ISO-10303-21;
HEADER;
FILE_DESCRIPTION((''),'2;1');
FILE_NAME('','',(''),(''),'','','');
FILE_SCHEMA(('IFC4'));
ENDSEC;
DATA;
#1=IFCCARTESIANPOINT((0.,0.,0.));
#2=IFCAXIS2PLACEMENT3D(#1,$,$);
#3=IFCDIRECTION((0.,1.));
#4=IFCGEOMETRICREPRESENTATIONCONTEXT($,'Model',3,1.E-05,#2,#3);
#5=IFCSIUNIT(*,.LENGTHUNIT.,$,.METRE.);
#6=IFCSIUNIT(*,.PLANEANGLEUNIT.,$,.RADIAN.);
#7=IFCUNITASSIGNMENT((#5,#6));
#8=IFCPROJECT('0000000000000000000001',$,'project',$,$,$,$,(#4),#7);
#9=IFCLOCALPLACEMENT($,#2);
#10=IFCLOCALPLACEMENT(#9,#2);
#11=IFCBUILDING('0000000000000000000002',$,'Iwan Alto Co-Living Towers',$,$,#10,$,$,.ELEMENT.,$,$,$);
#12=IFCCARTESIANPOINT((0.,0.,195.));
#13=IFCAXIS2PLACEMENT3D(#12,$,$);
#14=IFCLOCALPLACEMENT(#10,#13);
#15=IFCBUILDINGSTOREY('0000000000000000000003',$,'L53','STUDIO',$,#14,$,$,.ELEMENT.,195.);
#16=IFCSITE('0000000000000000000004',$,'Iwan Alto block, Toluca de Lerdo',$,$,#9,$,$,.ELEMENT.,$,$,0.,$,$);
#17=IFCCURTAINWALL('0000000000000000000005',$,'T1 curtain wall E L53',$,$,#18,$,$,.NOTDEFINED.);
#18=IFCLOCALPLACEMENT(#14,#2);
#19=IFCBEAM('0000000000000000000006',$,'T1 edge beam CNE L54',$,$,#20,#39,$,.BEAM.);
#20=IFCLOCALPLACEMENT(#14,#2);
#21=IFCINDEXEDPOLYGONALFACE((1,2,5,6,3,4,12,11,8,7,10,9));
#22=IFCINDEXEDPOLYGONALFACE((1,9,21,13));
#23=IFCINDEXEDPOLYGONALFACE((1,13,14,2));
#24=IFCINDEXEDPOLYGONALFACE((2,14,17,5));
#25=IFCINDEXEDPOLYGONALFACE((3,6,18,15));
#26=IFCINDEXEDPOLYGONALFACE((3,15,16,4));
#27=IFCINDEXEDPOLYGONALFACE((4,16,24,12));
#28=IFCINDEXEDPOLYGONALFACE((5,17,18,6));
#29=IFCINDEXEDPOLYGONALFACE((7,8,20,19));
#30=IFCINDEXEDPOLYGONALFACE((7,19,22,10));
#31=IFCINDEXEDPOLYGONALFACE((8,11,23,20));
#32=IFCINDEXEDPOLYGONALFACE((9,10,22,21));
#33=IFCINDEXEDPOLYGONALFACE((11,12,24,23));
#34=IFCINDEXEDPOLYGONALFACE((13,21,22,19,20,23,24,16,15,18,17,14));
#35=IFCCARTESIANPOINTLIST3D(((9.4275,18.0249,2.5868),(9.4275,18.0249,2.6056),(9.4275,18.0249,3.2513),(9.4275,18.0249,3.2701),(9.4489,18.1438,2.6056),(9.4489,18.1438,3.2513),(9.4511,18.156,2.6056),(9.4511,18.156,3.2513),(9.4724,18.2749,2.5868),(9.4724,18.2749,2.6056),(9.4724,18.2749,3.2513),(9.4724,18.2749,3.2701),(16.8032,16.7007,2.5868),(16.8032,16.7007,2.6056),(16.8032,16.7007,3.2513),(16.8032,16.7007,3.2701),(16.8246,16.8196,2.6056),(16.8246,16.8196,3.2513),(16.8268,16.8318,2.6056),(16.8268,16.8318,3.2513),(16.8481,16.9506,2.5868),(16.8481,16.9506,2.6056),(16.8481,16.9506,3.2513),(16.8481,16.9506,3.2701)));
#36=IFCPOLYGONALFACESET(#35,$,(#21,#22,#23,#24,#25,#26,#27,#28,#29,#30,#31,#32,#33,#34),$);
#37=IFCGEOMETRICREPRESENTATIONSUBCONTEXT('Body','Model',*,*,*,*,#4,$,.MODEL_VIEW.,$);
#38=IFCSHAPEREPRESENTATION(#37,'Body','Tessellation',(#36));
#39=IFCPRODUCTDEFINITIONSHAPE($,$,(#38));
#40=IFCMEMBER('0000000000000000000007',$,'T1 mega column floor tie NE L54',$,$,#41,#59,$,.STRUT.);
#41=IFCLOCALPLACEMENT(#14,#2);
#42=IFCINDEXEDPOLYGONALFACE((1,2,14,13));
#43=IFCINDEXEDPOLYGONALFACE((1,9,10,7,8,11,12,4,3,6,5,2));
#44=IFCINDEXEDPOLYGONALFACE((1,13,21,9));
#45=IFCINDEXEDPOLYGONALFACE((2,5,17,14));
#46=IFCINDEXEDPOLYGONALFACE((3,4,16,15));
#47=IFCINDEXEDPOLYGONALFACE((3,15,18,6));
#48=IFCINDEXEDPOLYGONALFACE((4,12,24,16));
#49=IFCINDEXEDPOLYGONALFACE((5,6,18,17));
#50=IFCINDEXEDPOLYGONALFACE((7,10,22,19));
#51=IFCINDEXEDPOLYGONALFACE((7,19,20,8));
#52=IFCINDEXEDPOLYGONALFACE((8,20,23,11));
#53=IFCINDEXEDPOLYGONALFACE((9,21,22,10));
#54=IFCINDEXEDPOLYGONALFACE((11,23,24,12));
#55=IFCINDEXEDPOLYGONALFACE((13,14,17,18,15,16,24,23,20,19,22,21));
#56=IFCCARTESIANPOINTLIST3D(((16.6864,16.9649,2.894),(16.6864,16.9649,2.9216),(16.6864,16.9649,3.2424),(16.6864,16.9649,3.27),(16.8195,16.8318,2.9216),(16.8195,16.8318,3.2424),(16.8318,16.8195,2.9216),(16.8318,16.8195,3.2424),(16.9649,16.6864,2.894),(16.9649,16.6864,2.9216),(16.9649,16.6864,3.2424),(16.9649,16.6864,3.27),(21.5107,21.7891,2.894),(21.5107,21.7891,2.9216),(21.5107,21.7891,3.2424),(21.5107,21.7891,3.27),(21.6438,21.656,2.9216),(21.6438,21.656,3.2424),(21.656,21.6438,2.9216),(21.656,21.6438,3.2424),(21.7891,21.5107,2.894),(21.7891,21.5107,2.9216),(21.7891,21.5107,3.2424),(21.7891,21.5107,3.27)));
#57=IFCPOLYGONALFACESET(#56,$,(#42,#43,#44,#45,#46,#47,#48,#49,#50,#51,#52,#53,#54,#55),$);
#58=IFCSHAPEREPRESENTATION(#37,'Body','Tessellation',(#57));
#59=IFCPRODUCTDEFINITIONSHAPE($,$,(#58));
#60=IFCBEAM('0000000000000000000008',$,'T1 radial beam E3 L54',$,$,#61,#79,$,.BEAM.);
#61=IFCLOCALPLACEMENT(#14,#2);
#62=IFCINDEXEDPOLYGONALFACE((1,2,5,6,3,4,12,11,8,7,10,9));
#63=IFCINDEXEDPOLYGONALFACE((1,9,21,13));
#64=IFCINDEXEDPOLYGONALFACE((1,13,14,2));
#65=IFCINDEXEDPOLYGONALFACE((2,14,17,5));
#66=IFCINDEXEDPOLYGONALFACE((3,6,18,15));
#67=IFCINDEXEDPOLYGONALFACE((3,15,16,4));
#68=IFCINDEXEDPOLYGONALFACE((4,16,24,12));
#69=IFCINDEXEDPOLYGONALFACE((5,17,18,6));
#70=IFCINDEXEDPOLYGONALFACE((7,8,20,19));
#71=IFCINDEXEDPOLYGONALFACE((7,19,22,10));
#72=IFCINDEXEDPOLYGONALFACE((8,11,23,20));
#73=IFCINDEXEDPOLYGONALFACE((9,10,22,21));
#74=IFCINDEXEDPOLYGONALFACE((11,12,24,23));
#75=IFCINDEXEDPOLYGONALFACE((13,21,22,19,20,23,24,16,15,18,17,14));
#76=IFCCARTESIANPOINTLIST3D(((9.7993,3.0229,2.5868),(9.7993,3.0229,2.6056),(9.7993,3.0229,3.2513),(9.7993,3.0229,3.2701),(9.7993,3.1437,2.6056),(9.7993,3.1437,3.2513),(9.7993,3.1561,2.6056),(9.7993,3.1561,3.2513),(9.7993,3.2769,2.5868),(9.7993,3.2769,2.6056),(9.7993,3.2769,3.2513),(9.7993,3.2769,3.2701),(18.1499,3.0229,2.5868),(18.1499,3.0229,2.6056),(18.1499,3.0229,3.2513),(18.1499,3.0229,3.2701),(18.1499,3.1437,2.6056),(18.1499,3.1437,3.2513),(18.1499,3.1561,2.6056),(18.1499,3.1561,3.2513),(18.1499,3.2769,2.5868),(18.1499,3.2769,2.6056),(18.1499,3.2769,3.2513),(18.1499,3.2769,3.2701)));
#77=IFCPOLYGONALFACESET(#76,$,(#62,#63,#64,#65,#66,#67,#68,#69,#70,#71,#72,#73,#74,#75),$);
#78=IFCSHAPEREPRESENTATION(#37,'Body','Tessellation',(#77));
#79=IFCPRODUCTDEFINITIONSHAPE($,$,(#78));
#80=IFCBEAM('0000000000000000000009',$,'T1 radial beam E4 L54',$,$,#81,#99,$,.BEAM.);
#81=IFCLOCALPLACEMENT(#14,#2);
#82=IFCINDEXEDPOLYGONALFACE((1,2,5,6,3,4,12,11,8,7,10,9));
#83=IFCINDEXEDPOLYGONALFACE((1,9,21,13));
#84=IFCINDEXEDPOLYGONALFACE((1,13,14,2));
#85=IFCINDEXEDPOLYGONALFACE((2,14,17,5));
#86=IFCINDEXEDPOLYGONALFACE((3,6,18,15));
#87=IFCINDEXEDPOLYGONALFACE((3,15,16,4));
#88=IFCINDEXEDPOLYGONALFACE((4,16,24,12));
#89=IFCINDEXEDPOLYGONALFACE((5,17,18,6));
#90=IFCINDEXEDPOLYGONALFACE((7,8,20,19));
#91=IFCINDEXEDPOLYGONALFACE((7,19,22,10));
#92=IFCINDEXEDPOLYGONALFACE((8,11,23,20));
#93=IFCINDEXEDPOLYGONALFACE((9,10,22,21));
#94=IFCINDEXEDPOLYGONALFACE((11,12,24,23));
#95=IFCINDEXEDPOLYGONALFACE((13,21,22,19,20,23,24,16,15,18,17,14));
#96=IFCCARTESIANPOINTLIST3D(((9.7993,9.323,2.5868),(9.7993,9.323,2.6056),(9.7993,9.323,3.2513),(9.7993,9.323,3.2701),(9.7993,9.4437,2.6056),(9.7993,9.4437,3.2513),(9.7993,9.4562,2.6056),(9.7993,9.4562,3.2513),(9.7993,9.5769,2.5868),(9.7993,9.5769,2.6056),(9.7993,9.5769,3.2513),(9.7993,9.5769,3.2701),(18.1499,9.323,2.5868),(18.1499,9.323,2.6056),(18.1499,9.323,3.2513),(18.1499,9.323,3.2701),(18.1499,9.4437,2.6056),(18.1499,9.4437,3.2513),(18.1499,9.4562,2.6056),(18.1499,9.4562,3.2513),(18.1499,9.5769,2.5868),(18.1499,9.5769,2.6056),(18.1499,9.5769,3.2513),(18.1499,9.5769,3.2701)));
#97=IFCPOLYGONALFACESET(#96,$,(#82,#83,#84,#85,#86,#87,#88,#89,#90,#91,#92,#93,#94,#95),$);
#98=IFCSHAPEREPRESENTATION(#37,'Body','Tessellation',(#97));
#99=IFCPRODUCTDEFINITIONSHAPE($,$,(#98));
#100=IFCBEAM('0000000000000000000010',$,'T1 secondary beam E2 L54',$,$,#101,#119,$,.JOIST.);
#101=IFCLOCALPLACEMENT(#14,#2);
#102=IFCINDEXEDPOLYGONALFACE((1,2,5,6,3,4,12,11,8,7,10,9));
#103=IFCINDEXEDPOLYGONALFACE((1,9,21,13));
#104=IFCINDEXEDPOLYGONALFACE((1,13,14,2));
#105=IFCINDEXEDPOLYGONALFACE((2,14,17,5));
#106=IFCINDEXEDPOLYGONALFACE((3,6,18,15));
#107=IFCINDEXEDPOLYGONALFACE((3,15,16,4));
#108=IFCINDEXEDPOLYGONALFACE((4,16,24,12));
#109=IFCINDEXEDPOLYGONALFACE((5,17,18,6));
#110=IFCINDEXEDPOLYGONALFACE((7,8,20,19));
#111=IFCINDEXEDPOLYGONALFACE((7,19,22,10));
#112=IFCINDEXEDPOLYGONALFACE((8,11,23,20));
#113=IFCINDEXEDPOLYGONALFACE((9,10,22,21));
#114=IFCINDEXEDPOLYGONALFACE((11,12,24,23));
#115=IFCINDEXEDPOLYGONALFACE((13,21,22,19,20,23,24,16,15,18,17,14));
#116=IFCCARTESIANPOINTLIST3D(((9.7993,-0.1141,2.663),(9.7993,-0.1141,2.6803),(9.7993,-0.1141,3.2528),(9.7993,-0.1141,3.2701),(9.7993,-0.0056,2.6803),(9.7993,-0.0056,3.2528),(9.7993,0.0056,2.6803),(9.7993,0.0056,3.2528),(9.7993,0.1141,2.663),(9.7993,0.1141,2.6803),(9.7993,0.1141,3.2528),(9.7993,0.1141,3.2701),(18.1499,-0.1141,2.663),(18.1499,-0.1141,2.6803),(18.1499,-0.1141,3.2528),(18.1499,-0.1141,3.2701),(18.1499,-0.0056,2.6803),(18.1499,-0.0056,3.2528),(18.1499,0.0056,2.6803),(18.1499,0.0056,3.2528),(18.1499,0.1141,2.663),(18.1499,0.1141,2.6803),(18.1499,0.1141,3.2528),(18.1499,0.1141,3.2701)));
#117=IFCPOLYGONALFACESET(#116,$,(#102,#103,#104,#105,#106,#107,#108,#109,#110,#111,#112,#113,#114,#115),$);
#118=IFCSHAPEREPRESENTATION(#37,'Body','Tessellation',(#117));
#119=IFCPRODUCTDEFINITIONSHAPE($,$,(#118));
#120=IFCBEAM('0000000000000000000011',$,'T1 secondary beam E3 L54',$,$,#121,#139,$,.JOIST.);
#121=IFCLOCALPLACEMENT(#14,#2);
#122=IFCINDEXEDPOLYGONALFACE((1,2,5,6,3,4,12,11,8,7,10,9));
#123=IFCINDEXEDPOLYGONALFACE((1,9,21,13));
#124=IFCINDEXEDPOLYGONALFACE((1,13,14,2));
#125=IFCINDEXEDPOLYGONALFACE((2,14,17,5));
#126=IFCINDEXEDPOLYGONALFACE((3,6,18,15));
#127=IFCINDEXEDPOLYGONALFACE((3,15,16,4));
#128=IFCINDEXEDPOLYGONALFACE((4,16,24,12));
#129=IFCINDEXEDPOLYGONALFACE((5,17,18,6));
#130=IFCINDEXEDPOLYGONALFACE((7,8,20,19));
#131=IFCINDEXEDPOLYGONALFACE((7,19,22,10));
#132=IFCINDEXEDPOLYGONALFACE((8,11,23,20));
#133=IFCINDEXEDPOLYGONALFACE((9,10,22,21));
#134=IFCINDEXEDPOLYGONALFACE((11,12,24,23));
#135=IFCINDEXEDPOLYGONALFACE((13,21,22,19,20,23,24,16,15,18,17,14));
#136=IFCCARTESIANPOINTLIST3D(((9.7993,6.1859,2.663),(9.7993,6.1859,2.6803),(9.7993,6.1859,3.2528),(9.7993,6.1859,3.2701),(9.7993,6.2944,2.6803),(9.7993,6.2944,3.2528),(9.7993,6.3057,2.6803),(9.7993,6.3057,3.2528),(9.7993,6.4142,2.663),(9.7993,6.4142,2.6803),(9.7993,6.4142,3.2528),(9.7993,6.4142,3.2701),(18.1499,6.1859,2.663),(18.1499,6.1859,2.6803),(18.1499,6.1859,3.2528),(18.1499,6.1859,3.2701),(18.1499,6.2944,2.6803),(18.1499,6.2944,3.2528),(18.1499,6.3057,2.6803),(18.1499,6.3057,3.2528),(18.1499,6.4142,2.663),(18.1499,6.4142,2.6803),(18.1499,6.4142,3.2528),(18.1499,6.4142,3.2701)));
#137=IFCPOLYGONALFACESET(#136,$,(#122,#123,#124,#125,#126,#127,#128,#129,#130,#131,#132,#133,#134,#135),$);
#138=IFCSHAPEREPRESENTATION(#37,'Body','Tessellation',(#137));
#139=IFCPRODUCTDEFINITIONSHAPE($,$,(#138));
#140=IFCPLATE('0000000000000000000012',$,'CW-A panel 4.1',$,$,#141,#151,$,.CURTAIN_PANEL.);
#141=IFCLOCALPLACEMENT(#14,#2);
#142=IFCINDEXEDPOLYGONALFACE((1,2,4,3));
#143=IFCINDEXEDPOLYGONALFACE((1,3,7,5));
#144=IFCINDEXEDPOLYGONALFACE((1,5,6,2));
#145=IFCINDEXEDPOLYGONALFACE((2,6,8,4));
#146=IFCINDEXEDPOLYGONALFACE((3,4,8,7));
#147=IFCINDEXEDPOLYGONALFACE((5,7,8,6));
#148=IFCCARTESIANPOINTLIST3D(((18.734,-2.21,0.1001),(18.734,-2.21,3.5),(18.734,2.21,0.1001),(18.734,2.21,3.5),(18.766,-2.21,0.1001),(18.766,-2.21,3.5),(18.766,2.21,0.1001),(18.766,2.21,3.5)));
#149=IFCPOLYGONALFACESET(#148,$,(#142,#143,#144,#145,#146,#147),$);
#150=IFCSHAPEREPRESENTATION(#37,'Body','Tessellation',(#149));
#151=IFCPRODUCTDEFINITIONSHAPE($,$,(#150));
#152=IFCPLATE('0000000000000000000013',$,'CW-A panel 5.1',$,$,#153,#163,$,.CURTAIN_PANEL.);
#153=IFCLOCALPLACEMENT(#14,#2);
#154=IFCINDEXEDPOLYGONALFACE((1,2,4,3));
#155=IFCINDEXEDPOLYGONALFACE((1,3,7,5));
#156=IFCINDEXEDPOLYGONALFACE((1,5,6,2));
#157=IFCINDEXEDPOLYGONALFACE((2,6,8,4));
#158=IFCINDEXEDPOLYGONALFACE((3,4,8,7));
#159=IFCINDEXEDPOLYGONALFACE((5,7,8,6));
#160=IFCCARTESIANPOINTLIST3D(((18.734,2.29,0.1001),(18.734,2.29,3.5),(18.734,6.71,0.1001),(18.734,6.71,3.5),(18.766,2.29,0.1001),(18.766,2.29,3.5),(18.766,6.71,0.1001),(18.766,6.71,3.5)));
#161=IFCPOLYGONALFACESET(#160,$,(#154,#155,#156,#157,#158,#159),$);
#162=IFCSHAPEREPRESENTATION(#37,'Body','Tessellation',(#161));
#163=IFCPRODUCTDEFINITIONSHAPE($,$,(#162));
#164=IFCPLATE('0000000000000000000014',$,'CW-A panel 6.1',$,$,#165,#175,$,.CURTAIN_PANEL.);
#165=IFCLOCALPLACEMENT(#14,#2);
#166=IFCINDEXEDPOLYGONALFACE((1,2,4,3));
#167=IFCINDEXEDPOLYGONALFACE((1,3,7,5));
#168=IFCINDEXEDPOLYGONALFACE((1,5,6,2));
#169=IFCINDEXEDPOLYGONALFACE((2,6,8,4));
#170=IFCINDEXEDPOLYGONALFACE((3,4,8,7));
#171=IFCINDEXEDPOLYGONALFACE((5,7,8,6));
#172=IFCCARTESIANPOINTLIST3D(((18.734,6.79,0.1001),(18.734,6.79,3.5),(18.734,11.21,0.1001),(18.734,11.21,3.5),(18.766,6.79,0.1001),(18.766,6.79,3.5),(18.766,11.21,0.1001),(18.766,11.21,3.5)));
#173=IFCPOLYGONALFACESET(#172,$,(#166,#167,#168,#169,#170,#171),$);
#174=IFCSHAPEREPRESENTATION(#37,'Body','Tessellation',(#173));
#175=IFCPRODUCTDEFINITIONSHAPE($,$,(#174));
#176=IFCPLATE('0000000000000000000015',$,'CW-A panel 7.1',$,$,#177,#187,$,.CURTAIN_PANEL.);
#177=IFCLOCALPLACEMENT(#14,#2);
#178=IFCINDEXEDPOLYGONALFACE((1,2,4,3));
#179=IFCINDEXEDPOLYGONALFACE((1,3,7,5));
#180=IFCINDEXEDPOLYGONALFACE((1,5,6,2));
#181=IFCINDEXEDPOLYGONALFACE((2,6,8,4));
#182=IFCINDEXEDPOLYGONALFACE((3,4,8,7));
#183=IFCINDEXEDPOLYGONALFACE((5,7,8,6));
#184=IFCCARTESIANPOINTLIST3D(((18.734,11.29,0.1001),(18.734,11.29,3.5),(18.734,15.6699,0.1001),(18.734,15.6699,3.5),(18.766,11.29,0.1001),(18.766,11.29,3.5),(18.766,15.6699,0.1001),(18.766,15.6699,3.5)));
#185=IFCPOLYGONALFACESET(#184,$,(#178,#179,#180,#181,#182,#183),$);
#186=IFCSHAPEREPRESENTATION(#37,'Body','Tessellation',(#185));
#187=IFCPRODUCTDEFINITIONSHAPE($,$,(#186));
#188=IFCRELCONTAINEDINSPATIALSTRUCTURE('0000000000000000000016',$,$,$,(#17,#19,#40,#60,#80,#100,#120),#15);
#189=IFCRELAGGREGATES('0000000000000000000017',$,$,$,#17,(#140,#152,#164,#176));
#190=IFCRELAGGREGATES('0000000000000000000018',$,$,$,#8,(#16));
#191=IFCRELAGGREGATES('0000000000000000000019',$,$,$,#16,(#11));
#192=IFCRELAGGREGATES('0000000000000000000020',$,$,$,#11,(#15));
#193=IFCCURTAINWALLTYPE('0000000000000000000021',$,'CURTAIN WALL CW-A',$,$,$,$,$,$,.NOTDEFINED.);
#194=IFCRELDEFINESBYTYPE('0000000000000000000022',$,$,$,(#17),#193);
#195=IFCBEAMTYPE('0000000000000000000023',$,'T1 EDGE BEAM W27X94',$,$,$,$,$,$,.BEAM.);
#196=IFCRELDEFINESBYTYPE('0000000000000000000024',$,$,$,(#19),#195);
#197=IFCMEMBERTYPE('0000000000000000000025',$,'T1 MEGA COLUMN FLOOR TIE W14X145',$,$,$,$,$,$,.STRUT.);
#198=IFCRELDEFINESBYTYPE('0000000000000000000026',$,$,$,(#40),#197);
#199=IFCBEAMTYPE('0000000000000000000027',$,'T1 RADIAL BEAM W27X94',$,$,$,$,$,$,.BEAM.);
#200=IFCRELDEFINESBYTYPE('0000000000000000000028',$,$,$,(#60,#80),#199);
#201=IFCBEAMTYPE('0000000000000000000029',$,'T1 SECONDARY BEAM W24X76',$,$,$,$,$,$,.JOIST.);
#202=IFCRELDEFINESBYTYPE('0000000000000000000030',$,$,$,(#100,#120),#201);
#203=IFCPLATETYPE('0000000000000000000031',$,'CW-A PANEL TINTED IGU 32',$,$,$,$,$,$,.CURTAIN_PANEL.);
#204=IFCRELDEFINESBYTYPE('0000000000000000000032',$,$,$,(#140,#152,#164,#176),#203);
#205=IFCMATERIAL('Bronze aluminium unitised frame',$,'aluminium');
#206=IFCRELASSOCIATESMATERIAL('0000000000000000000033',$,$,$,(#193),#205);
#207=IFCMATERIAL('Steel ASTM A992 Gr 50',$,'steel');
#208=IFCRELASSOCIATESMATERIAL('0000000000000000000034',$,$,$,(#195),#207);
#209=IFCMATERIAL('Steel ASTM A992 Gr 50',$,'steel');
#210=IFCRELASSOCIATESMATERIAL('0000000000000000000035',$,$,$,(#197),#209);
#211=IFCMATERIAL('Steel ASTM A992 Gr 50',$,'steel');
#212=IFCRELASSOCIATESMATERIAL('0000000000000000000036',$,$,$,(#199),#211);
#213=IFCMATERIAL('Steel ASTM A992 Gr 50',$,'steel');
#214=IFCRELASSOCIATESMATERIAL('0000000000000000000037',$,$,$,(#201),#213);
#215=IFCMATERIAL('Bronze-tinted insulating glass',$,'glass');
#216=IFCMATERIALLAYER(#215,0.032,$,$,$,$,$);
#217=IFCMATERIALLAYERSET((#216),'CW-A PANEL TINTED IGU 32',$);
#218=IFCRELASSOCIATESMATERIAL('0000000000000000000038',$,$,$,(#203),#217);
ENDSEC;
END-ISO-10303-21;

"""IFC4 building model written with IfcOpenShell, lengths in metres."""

from ifc_helpers import new_model, si_unit, direction, frame, origin, origin_2d, place, context, subcontext, project, spatial, rectangle, i_section, extrude, material, layer, layer_set, material_profile, profile_set, type_object, element, aggregate, save


model = new_model("IFC4")

# Units and contexts
model_context = context("Model", 3, precision=1e-05, world=origin(), true_north=direction((0.0, 1.0)))
body_context = subcontext(model_context, "Body", "Model", "MODEL_VIEW")
ifc_project = project(units=[si_unit("LENGTHUNIT", "METRE"), si_unit("PLANEANGLEUNIT", "RADIAN")], contexts=[model_context])

# Site, building, storey
site_placement = place(None, origin())
site = spatial("IfcSite", under=ifc_project, at=site_placement, Name="Iwan Alto block, Toluca de Lerdo", CompositionType="ELEMENT", RefElevation=0.0)
building_placement = place(site_placement, origin())
building = spatial("IfcBuilding", under=site, at=building_placement, Name="Iwan Alto Co-Living Towers", CompositionType="ELEMENT")
storey_placement = place(building_placement, frame((0.0, 0.0, 195.0)))
storey = spatial("IfcBuildingStorey", under=building, at=storey_placement, Name="L53", Description="STUDIO", CompositionType="ELEMENT", Elevation=195.0)

# Curtain wall
ifc_material_1 = material(Name="Bronze aluminium unitised frame", Category="aluminium")
curtain_wall_type_1 = type_object("IfcCurtainWallType", Name="CURTAIN WALL CW-A", PredefinedType="NOTDEFINED", material=ifc_material_1)
curtain_wall_1_placement = place(storey_placement, origin())
curtain_wall_1 = element("IfcCurtainWall", 1, at=curtain_wall_1_placement, inside=storey, type_object=curtain_wall_type_1, Name="T1 curtain wall E L53", PredefinedType="NOTDEFINED")

# Beam
ifc_material_2 = material(Name="Steel ASTM A992 Gr 50", Category="steel")
ifc_material_profile_1 = material_profile(ifc_material_2, i_section(OverallWidth=0.2539, OverallDepth=0.6833, WebThickness=0.0125, FlangeThickness=0.0188, at=origin_2d()), Name="W27X94")
ifc_profile_set_1 = profile_set([ifc_material_profile_1], Name="Steel ASTM A992 Gr 50")
beam_type_1 = type_object("IfcBeamType", Name="T1 EDGE BEAM W27X94", PredefinedType="BEAM", material=ifc_profile_set_1)
for number, where, z_axis, x_axis, name in (
    (2, (16.8257, 16.8257, 2.9285), (-0.984263, 0.176712, 0.0), (-0.176712, -0.984263, 0.0), "T1 edge beam CNE L54"),
):
    element("IfcBeam", number, at=place(storey_placement, frame(where, z_axis=z_axis, x_axis=x_axis)), inside=storey, type_object=beam_type_1, Name=name, PredefinedType="BEAM", context=body_context, shape_type="SweptSolid", body=[
        extrude(i_section(OverallWidth=0.2539, OverallDepth=0.6833, WebThickness=0.0125, FlangeThickness=0.0188, at=origin_2d()), origin(), (0.0, 0.0, 1.0), 7.4937),
    ])

# Member
ifc_material_3 = material(Name="Steel ASTM A992 Gr 50", Category="steel")
ifc_material_profile_2 = material_profile(ifc_material_3, i_section(OverallWidth=0.3938, OverallDepth=0.376, WebThickness=0.0173, FlangeThickness=0.0276, at=origin_2d()), Name="W14X145")
ifc_profile_set_2 = profile_set([ifc_material_profile_2], Name="Steel ASTM A992 Gr 50")
member_type_1 = type_object("IfcMemberType", Name="T1 MEGA COLUMN FLOOR TIE W14X145", PredefinedType="STRUT", material=ifc_profile_set_2)
member_1_placement = place(storey_placement, frame((21.6499, 21.6499, 3.082), z_axis=(-0.707107, -0.707107, 0.0), x_axis=(0.707107, -0.707107, 0.0)))
element("IfcMember", 3, at=member_1_placement, inside=storey, type_object=member_type_1, Name="T1 mega column floor tie NE L54", PredefinedType="STRUT", context=body_context, shape_type="SweptSolid", body=[
    extrude(i_section(OverallWidth=0.3938, OverallDepth=0.376, WebThickness=0.0173, FlangeThickness=0.0276, at=origin_2d()), origin(), (0.0, 0.0, 1.0), 6.8225),
])

# Beams
ifc_material_4 = material(Name="Steel ASTM A992 Gr 50", Category="steel")
ifc_material_profile_3 = material_profile(ifc_material_4, i_section(OverallWidth=0.2539, OverallDepth=0.6833, WebThickness=0.0125, FlangeThickness=0.0188, at=origin_2d()), Name="W27X94")
ifc_profile_set_3 = profile_set([ifc_material_profile_3], Name="Steel ASTM A992 Gr 50")
beam_type_2 = type_object("IfcBeamType", Name="T1 RADIAL BEAM W27X94", PredefinedType="BEAM", material=ifc_profile_set_3)
for number, where, z_axis, x_axis, name in (
    (4, (18.1499, 3.1499, 2.9285), (-1.0, 0.0, 0.0), (0.0, -1.0, 0.0), "T1 radial beam E3 L54"),
    (5, (18.1499, 9.45, 2.9285), (-1.0, 0.0, 0.0), (0.0, -1.0, 0.0), "T1 radial beam E4 L54"),
):
    element("IfcBeam", number, at=place(storey_placement, frame(where, z_axis=z_axis, x_axis=x_axis)), inside=storey, type_object=beam_type_2, Name=name, PredefinedType="BEAM", context=body_context, shape_type="SweptSolid", body=[
        extrude(i_section(OverallWidth=0.2539, OverallDepth=0.6833, WebThickness=0.0125, FlangeThickness=0.0188, at=origin_2d()), origin(), (0.0, 0.0, 1.0), 8.3506),
    ])
ifc_material_5 = material(Name="Steel ASTM A992 Gr 50", Category="steel")
ifc_material_profile_4 = material_profile(ifc_material_5, i_section(OverallWidth=0.2283, OverallDepth=0.6072, WebThickness=0.0112, FlangeThickness=0.0173, at=origin_2d()), Name="W24X76")
ifc_profile_set_4 = profile_set([ifc_material_profile_4], Name="Steel ASTM A992 Gr 50")
beam_type_3 = type_object("IfcBeamType", Name="T1 SECONDARY BEAM W24X76", PredefinedType="JOIST", material=ifc_profile_set_4)
for number, where, z_axis, x_axis, name in (
    (6, (18.1499, 0.0, 2.9666), (-1.0, 0.0, 0.0), (0.0, -1.0, 0.0), "T1 secondary beam E2 L54"),
    (7, (18.1499, 6.3, 2.9666), (-1.0, 0.0, 0.0), (0.0, -1.0, 0.0), "T1 secondary beam E3 L54"),
):
    element("IfcBeam", number, at=place(storey_placement, frame(where, z_axis=z_axis, x_axis=x_axis)), inside=storey, type_object=beam_type_3, Name=name, PredefinedType="JOIST", context=body_context, shape_type="SweptSolid", body=[
        extrude(i_section(OverallWidth=0.2283, OverallDepth=0.6072, WebThickness=0.0112, FlangeThickness=0.0173, at=origin_2d()), origin(), (0.0, 0.0, 1.0), 8.3506),
    ])

# Plates
ifc_material_6 = material(Name="Bronze-tinted insulating glass", Category="glass")
ifc_layer_1 = layer(ifc_material_6, 0.032)
ifc_layer_set_1 = layer_set([ifc_layer_1], Name="CW-A PANEL TINTED IGU 32")
plate_type_1 = type_object("IfcPlateType", Name="CW-A PANEL TINTED IGU 32", PredefinedType="CURTAIN_PANEL", material=ifc_layer_set_1)
plate_1_placement = place(storey_placement, frame((18.75, 0.0, 0.1001), z_axis=(0.0, 0.0, 1.0), x_axis=(0.0, 1.0, 0.0)))
plate_1 = element("IfcPlate", 8, at=plate_1_placement, type_object=plate_type_1, Name="CW-A panel 4.1", PredefinedType="CURTAIN_PANEL", context=body_context, shape_type="SweptSolid", body=[
    extrude(rectangle(XDim=4.4199, YDim=0.032, at=origin_2d()), origin(), (0.0, 0.0, 1.0), 3.3999),
])
plate_2_placement = place(storey_placement, frame((18.75, 4.5, 0.1001), z_axis=(0.0, 0.0, 1.0), x_axis=(0.0, 1.0, 0.0)))
plate_2 = element("IfcPlate", 9, at=plate_2_placement, type_object=plate_type_1, Name="CW-A panel 5.1", PredefinedType="CURTAIN_PANEL", context=body_context, shape_type="SweptSolid", body=[
    extrude(rectangle(XDim=4.4199, YDim=0.032, at=origin_2d()), origin(), (0.0, 0.0, 1.0), 3.3999),
])
plate_3_placement = place(storey_placement, frame((18.75, 9.0, 0.1001), z_axis=(0.0, 0.0, 1.0), x_axis=(0.0, 1.0, 0.0)))
plate_3 = element("IfcPlate", 10, at=plate_3_placement, type_object=plate_type_1, Name="CW-A panel 6.1", PredefinedType="CURTAIN_PANEL", context=body_context, shape_type="SweptSolid", body=[
    extrude(rectangle(XDim=4.4199, YDim=0.032, at=origin_2d()), origin(), (0.0, 0.0, 1.0), 3.3999),
])
plate_4_placement = place(storey_placement, frame((18.75, 13.48, 0.1001), z_axis=(0.0, 0.0, 1.0), x_axis=(0.0, 1.0, 0.0)))
plate_4 = element("IfcPlate", 11, at=plate_4_placement, type_object=plate_type_1, Name="CW-A panel 7.1", PredefinedType="CURTAIN_PANEL", context=body_context, shape_type="SweptSolid", body=[
    extrude(rectangle(XDim=4.3799, YDim=0.032, at=origin_2d()), origin(), (0.0, 0.0, 1.0), 3.3999),
])
aggregate(curtain_wall_1, [plate_1, plate_2, plate_3, plate_4])

save(model, "model.ifc")
